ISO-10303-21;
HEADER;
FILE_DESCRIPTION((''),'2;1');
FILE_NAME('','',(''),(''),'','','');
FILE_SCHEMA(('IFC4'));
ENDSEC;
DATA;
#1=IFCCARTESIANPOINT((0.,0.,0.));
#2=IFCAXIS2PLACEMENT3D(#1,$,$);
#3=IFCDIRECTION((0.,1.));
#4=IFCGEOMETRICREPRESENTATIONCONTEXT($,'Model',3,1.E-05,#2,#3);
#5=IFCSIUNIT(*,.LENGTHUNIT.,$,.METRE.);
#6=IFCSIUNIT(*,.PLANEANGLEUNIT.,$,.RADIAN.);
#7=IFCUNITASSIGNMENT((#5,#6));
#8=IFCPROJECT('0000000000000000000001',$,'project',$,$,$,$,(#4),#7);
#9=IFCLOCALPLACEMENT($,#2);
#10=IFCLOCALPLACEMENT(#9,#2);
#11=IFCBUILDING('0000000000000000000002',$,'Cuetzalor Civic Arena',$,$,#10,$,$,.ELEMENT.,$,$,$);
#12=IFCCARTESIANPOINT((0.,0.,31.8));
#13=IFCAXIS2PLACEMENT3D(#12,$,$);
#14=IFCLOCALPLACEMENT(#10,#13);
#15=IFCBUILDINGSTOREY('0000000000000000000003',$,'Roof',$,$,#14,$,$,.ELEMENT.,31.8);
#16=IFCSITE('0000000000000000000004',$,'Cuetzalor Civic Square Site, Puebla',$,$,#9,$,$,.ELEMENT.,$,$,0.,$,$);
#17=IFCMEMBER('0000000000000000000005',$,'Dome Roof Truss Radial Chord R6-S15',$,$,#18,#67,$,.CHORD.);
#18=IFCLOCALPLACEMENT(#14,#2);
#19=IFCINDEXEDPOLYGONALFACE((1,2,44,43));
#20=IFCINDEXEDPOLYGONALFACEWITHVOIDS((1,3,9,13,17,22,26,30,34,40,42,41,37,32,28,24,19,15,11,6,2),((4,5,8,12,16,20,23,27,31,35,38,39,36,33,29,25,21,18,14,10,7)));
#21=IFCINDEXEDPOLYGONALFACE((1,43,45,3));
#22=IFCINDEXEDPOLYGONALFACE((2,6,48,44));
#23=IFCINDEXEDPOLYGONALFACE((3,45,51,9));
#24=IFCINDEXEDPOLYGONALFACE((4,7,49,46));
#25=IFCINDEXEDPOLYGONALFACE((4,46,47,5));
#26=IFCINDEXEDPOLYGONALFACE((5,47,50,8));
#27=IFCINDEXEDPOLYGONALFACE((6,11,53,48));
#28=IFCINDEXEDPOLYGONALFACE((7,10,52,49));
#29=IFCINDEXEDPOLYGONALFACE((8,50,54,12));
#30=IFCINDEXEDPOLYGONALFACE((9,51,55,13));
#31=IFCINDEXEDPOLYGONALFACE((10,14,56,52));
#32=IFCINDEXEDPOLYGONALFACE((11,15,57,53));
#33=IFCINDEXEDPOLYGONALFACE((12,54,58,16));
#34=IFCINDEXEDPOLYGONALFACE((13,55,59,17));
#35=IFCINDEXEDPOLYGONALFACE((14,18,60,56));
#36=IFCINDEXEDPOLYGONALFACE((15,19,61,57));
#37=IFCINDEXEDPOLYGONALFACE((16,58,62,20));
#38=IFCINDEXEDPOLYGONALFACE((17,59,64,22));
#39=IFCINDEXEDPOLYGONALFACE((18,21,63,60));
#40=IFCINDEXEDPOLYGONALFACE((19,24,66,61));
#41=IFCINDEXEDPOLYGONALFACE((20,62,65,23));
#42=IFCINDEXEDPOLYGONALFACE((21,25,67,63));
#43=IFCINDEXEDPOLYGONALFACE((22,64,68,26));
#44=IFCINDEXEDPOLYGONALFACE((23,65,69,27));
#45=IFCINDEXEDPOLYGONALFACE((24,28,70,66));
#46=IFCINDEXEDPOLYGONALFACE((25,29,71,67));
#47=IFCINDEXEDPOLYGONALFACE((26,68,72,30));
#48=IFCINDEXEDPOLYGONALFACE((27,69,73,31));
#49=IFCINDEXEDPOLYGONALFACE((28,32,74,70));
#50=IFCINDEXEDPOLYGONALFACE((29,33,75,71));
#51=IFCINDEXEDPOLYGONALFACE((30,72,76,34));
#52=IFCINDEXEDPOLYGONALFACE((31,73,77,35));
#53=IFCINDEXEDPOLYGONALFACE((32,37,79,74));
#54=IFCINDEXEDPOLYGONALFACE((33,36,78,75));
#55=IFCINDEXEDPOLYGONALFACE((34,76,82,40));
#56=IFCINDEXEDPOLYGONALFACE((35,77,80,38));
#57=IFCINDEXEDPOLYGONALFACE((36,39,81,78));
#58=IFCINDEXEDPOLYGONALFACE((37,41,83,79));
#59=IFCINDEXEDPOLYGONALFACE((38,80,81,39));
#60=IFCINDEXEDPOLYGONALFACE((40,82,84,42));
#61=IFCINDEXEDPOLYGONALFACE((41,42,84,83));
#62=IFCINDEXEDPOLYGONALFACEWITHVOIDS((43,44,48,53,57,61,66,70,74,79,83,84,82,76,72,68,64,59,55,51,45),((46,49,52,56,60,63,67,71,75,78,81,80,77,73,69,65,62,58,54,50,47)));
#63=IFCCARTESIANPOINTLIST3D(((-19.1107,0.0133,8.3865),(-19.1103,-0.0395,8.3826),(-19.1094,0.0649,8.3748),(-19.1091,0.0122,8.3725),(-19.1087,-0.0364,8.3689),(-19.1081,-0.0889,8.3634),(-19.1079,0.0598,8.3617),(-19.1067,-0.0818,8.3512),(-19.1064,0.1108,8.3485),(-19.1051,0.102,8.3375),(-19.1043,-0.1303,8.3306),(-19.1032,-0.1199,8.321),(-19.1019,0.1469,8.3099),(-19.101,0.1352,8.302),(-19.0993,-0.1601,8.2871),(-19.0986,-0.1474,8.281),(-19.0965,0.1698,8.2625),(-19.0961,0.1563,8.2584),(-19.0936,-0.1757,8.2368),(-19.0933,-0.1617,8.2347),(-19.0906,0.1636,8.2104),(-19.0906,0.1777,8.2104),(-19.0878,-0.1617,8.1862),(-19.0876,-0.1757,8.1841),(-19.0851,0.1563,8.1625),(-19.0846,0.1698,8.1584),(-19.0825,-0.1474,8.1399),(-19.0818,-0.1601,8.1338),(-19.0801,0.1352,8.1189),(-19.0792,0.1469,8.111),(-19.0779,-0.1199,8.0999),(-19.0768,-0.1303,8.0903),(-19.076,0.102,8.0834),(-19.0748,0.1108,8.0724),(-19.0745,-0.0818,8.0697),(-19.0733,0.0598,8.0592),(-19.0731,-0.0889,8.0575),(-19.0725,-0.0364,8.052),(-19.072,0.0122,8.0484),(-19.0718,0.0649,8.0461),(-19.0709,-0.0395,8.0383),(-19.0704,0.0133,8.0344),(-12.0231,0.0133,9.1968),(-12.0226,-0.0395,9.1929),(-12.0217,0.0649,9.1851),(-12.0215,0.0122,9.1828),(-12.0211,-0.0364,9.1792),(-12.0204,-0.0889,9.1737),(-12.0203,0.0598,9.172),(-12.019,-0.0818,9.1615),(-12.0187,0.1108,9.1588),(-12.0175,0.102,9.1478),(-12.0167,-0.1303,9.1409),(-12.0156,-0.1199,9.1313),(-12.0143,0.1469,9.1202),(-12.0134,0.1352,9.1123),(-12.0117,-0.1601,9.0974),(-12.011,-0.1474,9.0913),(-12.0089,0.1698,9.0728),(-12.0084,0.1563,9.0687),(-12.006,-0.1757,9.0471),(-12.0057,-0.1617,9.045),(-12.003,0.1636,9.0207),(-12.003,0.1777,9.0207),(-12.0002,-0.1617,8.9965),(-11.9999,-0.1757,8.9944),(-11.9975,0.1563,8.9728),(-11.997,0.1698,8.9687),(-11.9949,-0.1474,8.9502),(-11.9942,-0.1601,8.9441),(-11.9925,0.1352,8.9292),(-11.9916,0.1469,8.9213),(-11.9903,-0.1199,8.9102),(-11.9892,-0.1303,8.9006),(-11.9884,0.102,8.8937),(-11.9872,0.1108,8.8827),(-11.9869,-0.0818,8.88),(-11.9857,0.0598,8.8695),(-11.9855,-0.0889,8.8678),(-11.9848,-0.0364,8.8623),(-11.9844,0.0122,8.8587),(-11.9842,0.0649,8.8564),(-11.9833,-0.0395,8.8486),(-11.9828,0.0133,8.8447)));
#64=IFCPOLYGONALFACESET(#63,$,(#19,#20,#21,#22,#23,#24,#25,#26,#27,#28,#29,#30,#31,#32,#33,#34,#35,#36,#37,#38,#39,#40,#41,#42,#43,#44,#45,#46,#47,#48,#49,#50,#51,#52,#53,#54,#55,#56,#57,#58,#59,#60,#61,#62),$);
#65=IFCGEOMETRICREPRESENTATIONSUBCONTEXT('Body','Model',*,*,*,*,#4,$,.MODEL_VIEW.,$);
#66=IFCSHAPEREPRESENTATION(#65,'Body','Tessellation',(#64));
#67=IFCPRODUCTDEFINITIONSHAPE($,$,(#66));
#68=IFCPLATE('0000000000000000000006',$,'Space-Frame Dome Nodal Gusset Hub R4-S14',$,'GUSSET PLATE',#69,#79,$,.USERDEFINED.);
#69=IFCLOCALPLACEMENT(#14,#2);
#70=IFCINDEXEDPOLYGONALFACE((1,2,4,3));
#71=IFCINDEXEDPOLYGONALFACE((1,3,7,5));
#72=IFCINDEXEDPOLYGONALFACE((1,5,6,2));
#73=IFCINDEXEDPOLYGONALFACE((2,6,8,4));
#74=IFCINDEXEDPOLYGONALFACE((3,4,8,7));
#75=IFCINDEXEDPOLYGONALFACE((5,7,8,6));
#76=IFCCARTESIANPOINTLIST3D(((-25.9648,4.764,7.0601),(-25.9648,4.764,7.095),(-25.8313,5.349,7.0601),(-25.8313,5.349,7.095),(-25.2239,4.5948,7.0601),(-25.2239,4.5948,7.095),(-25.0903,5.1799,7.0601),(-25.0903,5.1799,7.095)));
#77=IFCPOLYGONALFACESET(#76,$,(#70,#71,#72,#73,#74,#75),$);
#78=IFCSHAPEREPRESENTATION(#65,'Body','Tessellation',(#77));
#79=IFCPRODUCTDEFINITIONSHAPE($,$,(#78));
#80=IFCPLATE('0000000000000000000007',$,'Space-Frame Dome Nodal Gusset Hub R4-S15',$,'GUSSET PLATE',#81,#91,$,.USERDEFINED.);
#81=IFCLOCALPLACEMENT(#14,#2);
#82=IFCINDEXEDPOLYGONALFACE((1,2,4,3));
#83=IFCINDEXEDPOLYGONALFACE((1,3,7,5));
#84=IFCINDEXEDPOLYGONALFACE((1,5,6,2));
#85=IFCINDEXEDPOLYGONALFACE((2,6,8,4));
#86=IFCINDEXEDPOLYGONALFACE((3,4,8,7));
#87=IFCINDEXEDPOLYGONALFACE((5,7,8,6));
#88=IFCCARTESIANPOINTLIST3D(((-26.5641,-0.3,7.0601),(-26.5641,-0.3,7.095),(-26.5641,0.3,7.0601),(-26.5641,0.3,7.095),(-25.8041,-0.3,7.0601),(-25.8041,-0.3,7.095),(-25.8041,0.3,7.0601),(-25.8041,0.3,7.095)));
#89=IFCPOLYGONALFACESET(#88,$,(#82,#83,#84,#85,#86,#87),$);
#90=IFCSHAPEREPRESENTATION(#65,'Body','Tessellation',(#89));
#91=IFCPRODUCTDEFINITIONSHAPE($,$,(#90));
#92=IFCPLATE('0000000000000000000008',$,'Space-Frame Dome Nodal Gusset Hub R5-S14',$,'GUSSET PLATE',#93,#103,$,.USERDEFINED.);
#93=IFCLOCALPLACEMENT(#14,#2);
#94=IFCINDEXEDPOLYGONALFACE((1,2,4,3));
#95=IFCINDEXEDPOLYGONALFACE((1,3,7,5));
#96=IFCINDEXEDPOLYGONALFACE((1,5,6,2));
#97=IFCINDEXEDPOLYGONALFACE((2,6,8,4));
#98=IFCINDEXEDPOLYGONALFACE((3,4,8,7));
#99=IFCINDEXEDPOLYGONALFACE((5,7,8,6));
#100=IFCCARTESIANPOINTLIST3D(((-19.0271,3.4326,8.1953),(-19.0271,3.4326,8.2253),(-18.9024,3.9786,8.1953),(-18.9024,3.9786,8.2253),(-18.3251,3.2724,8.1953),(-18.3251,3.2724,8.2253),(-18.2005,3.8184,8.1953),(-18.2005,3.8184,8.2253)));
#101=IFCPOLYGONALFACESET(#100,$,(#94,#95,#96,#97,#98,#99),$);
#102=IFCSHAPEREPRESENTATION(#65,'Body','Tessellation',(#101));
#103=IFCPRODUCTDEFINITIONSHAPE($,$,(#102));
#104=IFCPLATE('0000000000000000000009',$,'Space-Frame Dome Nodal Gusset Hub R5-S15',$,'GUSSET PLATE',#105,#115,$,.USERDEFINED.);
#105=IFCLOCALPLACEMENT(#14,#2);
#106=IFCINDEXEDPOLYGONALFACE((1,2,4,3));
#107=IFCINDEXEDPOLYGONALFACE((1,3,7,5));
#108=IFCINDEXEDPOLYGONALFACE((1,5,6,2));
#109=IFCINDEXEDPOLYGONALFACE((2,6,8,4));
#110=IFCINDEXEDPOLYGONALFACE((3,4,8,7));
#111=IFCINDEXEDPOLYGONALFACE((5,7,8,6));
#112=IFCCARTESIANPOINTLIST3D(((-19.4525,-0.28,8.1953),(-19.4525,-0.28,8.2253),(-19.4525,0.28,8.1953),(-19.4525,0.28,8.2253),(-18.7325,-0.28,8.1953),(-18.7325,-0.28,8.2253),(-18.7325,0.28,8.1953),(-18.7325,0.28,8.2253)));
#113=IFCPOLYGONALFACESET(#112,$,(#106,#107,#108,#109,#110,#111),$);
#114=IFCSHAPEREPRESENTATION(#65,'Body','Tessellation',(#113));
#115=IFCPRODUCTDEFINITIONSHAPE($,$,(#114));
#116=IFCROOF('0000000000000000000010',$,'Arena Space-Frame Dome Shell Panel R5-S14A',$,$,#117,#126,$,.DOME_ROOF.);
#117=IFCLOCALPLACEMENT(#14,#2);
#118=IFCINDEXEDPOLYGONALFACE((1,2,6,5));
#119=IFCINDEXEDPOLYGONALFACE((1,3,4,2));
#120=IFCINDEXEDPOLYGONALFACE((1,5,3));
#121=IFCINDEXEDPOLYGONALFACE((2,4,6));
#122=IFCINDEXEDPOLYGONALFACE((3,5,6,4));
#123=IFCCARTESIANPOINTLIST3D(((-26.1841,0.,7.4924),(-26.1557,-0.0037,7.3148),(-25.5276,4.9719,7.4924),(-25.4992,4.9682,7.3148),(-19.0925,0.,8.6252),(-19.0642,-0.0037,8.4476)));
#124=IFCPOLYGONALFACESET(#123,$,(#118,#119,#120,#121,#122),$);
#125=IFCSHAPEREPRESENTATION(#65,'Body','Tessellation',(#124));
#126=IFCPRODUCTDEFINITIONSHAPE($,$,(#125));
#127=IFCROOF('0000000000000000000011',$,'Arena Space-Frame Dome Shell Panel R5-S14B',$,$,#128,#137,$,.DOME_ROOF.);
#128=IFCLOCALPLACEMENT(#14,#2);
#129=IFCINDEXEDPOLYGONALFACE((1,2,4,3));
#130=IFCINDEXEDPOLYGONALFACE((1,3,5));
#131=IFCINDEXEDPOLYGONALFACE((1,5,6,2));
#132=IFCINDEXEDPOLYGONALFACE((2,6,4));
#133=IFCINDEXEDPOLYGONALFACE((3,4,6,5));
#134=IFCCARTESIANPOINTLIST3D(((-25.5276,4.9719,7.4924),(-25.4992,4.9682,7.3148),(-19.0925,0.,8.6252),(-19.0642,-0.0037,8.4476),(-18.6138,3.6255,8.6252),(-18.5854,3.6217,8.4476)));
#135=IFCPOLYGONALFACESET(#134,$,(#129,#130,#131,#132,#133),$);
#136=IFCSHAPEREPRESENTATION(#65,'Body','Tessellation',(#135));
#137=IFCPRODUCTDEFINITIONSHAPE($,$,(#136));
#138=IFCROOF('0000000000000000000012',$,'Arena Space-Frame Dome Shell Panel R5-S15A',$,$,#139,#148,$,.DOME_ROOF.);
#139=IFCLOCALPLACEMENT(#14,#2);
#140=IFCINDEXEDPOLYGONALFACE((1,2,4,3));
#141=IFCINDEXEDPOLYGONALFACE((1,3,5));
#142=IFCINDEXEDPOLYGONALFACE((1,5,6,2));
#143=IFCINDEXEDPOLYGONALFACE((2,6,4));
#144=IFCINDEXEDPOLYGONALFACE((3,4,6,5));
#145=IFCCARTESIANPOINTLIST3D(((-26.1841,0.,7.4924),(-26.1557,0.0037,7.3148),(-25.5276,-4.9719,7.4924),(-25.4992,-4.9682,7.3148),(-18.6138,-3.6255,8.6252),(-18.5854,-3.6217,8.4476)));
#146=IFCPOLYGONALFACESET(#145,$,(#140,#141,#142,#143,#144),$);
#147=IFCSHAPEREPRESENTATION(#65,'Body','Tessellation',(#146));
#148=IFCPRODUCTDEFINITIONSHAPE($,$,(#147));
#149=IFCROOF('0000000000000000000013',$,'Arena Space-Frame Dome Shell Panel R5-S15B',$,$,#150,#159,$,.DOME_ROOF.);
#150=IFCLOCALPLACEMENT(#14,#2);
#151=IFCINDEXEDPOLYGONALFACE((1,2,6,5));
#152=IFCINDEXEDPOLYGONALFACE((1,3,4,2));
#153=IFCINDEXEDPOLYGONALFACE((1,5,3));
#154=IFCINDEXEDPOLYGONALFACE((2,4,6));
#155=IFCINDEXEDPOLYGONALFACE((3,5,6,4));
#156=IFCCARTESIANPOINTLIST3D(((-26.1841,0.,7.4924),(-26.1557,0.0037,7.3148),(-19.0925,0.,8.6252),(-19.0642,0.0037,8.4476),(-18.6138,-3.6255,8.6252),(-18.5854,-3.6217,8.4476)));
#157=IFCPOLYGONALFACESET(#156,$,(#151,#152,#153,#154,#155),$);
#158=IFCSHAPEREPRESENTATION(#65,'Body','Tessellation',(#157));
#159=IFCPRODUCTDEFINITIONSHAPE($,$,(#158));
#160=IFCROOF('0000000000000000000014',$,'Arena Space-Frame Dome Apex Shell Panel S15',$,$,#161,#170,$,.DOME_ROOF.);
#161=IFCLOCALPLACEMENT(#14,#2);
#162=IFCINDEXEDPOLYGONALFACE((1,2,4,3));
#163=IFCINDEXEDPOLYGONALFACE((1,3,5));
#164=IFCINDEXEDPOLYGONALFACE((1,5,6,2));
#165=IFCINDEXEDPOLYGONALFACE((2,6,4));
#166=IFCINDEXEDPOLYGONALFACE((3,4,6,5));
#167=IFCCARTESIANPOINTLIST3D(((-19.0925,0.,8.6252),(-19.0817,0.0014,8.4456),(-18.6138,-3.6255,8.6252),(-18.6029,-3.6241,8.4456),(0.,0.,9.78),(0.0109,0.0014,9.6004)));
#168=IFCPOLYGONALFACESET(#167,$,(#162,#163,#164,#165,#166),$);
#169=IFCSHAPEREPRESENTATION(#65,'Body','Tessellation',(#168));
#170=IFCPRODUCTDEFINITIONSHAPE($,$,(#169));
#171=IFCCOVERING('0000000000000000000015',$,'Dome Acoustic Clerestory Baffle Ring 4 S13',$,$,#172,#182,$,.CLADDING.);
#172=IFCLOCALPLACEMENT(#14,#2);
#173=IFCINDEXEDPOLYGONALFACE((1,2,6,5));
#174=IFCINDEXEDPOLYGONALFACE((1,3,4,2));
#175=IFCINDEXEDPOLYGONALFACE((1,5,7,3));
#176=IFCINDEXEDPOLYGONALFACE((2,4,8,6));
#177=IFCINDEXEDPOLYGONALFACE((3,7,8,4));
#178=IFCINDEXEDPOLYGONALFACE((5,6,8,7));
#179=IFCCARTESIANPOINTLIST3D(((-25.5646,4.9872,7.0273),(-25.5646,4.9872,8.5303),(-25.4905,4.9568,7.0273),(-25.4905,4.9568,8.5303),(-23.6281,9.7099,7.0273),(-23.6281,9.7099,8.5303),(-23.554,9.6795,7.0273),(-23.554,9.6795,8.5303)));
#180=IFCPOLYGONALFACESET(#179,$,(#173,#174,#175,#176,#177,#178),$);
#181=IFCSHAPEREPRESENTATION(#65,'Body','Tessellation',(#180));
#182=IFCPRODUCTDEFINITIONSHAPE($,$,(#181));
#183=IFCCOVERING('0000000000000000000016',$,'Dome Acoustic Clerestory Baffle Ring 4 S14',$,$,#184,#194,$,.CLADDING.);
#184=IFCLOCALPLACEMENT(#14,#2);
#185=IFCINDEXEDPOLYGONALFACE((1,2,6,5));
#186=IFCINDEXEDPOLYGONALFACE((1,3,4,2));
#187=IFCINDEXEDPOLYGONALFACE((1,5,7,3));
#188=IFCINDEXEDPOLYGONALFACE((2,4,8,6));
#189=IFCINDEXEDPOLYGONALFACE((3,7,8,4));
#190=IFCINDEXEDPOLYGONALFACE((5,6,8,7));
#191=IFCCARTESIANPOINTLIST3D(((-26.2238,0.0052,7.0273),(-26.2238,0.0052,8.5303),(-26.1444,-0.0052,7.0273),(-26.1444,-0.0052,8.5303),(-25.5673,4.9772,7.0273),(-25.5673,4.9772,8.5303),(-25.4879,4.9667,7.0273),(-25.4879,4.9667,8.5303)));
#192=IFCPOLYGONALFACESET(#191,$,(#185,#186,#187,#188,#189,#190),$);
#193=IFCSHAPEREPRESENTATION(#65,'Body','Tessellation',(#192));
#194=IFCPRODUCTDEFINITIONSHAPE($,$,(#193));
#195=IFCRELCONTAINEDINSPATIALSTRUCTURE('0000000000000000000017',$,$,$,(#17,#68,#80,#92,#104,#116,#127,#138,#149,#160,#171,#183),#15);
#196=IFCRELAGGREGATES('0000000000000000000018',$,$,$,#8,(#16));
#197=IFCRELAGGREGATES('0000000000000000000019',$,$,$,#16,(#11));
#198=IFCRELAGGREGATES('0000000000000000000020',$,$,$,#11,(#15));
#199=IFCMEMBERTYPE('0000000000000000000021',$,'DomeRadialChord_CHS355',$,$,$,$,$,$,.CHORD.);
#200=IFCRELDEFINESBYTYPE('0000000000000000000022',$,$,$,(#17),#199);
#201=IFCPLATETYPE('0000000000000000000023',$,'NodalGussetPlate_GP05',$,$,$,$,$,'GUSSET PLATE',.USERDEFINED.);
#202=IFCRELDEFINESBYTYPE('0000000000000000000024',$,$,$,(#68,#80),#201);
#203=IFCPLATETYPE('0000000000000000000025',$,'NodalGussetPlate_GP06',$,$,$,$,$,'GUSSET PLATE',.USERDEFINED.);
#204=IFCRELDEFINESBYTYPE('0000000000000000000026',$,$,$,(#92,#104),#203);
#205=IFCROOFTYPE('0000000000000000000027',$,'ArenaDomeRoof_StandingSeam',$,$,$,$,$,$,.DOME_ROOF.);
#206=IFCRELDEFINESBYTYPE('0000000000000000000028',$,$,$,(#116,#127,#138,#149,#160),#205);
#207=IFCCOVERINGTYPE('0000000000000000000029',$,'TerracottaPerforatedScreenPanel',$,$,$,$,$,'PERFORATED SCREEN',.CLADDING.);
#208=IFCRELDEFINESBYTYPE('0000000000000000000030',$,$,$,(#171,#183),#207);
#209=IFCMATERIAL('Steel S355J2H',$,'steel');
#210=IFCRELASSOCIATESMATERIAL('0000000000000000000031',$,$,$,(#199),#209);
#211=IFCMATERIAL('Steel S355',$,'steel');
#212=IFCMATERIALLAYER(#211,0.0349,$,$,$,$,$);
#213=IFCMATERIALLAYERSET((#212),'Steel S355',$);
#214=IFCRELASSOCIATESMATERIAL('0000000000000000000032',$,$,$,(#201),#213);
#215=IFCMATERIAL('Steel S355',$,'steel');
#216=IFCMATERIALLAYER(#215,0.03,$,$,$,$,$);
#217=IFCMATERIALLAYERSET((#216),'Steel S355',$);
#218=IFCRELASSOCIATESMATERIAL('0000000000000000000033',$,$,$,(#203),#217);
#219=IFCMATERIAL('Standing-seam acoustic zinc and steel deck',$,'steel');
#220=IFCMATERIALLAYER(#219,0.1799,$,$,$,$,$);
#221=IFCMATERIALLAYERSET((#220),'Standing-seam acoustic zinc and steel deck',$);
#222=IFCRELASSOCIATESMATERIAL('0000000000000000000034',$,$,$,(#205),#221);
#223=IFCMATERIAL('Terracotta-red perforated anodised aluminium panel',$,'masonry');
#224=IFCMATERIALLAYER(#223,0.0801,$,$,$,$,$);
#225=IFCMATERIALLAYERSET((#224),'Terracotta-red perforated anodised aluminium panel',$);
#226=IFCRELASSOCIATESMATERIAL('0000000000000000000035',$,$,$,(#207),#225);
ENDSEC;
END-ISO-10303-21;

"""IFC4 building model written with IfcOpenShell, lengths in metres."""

from ifc_helpers import new_model, si_unit, direction, frame, frame_2d, origin, origin_2d, place, context, subcontext, project, spatial, polyline, rectangle, hollow_circle, outline, extrude, material, layer, layer_set, material_profile, profile_set, type_object, element, save


model = new_model("IFC4")

# Units and contexts
model_context = context("Model", 3, precision=1e-05, world=origin(), true_north=direction((0.0, 1.0)))
body_context = subcontext(model_context, "Body", "Model", "MODEL_VIEW")
ifc_project = project(units=[si_unit("LENGTHUNIT", "METRE"), si_unit("PLANEANGLEUNIT", "RADIAN")], contexts=[model_context])

# Site, building, storey
site_placement = place(None, origin())
site = spatial("IfcSite", under=ifc_project, at=site_placement, Name="Cuetzalor Civic Square Site, Puebla", CompositionType="ELEMENT", RefElevation=0.0)
building_placement = place(site_placement, origin())
building = spatial("IfcBuilding", under=site, at=building_placement, Name="Cuetzalor Civic Arena", CompositionType="ELEMENT")
storey_placement = place(building_placement, frame((0.0, 0.0, 31.8)))
storey = spatial("IfcBuildingStorey", under=building, at=storey_placement, Name="Roof", CompositionType="ELEMENT", Elevation=31.8)

# Member
ifc_material_1 = material(Name="Steel S355J2H", Category="steel")
ifc_material_profile_1 = material_profile(ifc_material_1, hollow_circle(Radius=0.1777, WallThickness=0.0142, at=origin_2d()), Name="CHS 355.6x14.2")
ifc_profile_set_1 = profile_set([ifc_material_profile_1], Name="Steel S355J2H")
member_type_1 = type_object("IfcMemberType", Name="DomeRadialChord_CHS355", PredefinedType="CHORD", material=ifc_profile_set_1)
member_1_placement = place(storey_placement, frame((-19.0906, 0.0, 8.2104), z_axis=(0.993528, 0.0, 0.113586), x_axis=(0.0, 1.0, 0.0)))
element("IfcMember", 1, at=member_1_placement, inside=storey, type_object=member_type_1, Name="Dome Roof Truss Radial Chord R6-S15", PredefinedType="CHORD", context=body_context, shape_type="SweptSolid", body=[
    extrude(hollow_circle(Radius=0.1777, WallThickness=0.0142, at=origin_2d()), origin(), (0.0, 0.0, 1.0), 7.1338),
])

# Plates
ifc_material_2 = material(Name="Steel S355", Category="steel")
ifc_layer_1 = layer(ifc_material_2, 0.0349)
ifc_layer_set_1 = layer_set([ifc_layer_1], Name="Steel S355")
plate_type_1 = type_object("IfcPlateType", Name="NodalGussetPlate_GP05", ElementType="GUSSET PLATE", PredefinedType="USERDEFINED", material=ifc_layer_set_1)
for number, where, z_axis, x_axis, name in (
    (2, (-25.5276, 4.9719, 7.0601), (0.0, 0.0, 1.0), (-0.974917, 0.22257, 0.0), "Space-Frame Dome Nodal Gusset Hub R4-S14"),
    (3, (-26.1841, 0.0, 7.0601), (0.0, 0.0, 1.0), (-1.0, 0.0, 0.0), "Space-Frame Dome Nodal Gusset Hub R4-S15"),
):
    element("IfcPlate", number, at=place(storey_placement, frame(where, z_axis=z_axis, x_axis=x_axis)), inside=storey, type_object=plate_type_1, Name=name, ObjectType="GUSSET PLATE", PredefinedType="USERDEFINED", context=body_context, shape_type="SweptSolid", body=[
        extrude(rectangle(XDim=0.76, YDim=0.6001, at=origin_2d()), origin(), (0.0, 0.0, 1.0), 0.0349),
    ])
ifc_material_3 = material(Name="Steel S355", Category="steel")
ifc_layer_2 = layer(ifc_material_3, 0.03)
ifc_layer_set_2 = layer_set([ifc_layer_2], Name="Steel S355")
plate_type_2 = type_object("IfcPlateType", Name="NodalGussetPlate_GP06", ElementType="GUSSET PLATE", PredefinedType="USERDEFINED", material=ifc_layer_set_2)
for number, where, z_axis, x_axis, name in (
    (4, (-18.6138, 3.6255, 8.1953), (0.0, 0.0, 1.0), (-0.974917, 0.22257, 0.0), "Space-Frame Dome Nodal Gusset Hub R5-S14"),
    (5, (-19.0925, 0.0, 8.1953), (0.0, 0.0, 1.0), (-1.0, 0.0, 0.0), "Space-Frame Dome Nodal Gusset Hub R5-S15"),
):
    element("IfcPlate", number, at=place(storey_placement, frame(where, z_axis=z_axis, x_axis=x_axis)), inside=storey, type_object=plate_type_2, Name=name, ObjectType="GUSSET PLATE", PredefinedType="USERDEFINED", context=body_context, shape_type="SweptSolid", body=[
        extrude(rectangle(XDim=0.72, YDim=0.5601, at=origin_2d()), origin(), (0.0, 0.0, 1.0), 0.03),
    ])

# Roofs
ifc_material_4 = material(Name="Standing-seam acoustic zinc and steel deck", Category="steel")
ifc_layer_3 = layer(ifc_material_4, 0.1799)
ifc_layer_set_3 = layer_set([ifc_layer_3], Name="Standing-seam acoustic zinc and steel deck")
roof_type = type_object("IfcRoofType", Name="ArenaDomeRoof_StandingSeam", PredefinedType="DOME_ROOF", material=ifc_layer_set_3)
roof_1_placement = place(storey_placement, frame((-25.5276, 4.9719, 7.4924), z_axis=(-0.157707, 0.020824, 0.987266), x_axis=(-0.130904, -0.991395, 0.0)))
element("IfcRoof", 6, at=roof_1_placement, inside=storey, type_object=roof_type, Name="Arena Space-Frame Dome Shell Panel R5-S14A", PredefinedType="DOME_ROOF", context=body_context, shape_type="SweptSolid", body=[
    extrude(outline(polyline([(0.0, 0.0), (5.0151, 0.0), (4.0868, 7.1212), (0.0, 0.0)])), origin(), (0.0, 0.0, -1.0), 0.1799),
])
roof_2_placement = place(storey_placement, frame((-25.5276, 4.9719, 7.4924), z_axis=(-0.157706, 0.020826, 0.987267), x_axis=(0.783754, -0.605552, 0.13797)))
element("IfcRoof", 7, at=roof_2_placement, inside=storey, type_object=roof_type, Name="Arena Space-Frame Dome Shell Panel R5-S14B", PredefinedType="DOME_ROOF", context=body_context, shape_type="SweptSolid", body=[
    extrude(outline(polyline([(0.0, 0.0), (8.2106, 0.0), (6.3904, 3.1718), (0.0, 0.0)])), origin(), (0.0, 0.0, -1.0), 0.1799),
])
roof_3_placement = place(storey_placement, frame((-26.1841, 0.0, 7.4924), z_axis=(-0.157706, -0.020824, 0.987267), x_axis=(0.130904, -0.991395, 0.0)))
element("IfcRoof", 8, at=roof_3_placement, inside=storey, type_object=roof_type, Name="Arena Space-Frame Dome Shell Panel R5-S15A", PredefinedType="DOME_ROOF", context=body_context, shape_type="SweptSolid", body=[
    extrude(outline(polyline([(0.0, 0.0), (5.0151, 0.0), (4.5853, 7.1213), (0.0, 0.0)])), origin(), (0.0, 0.0, -1.0), 0.1799),
])
roof_4_placement = place(storey_placement, frame((-26.1841, 0.0, 7.4924), z_axis=(-0.157707, -0.020826, 0.987266), x_axis=(0.893803, -0.42805, 0.133748)))
element("IfcRoof", 9, at=roof_4_placement, inside=storey, type_object=roof_type, Name="Arena Space-Frame Dome Shell Panel R5-S15B", PredefinedType="DOME_ROOF", context=body_context, shape_type="SweptSolid", body=[
    extrude(outline(polyline([(0.0, 0.0), (8.4698, 0.0), (6.49, 3.0747), (0.0, 0.0)])), origin(), (0.0, 0.0, -1.0), 0.1799),
])
roof_5_placement = place(storey_placement, frame((-19.0925, 0.0, 8.6252), z_axis=(-0.060371, -0.007972, 0.998144), x_axis=(0.130917, -0.991393, 0.0)))
element("IfcRoof", 10, at=roof_5_placement, inside=storey, type_object=roof_type, Name="Arena Space-Frame Dome Apex Shell Panel S15", PredefinedType="DOME_ROOF", context=body_context, shape_type="SweptSolid", body=[
    extrude(outline(polyline([(0.0, 0.0), (3.657, 0.0), (2.4995, 18.9634), (0.0, 0.0)])), origin(), (0.0, 0.0, -1.0), 0.1799),
])

# Coverings
ifc_material_5 = material(Name="Terracotta-red perforated anodised aluminium panel", Category="masonry")
ifc_layer_4 = layer(ifc_material_5, 0.0801)
ifc_layer_set_4 = layer_set([ifc_layer_4], Name="Terracotta-red perforated anodised aluminium panel")
covering_type = type_object("IfcCoveringType", Name="TerracottaPerforatedScreenPanel", ElementType="PERFORATED SCREEN", PredefinedType="CLADDING", material=ifc_layer_set_4)
covering_1_placement = place(storey_placement, frame((-25.5276, 4.9719, 7.0273), z_axis=(0.0, 0.0, 1.0), x_axis=(0.379393, 0.925236, 0.0)))
element("IfcCovering", 11, at=covering_1_placement, inside=storey, type_object=covering_type, Name="Dome Acoustic Clerestory Baffle Ring 4 S13", PredefinedType="CLADDING", context=body_context, shape_type="SweptSolid", body=[
    extrude(rectangle(XDim=5.1042, YDim=0.0801, at=frame_2d((2.5522, 0.0))), origin(), (0.0, 0.0, 1.0), 1.5029),
])
covering_2_placement = place(storey_placement, frame((-26.1841, 0.0, 7.0273), z_axis=(0.0, 0.0, 1.0), x_axis=(0.130904, 0.991395, 0.0)))
element("IfcCovering", 12, at=covering_2_placement, inside=storey, type_object=covering_type, Name="Dome Acoustic Clerestory Baffle Ring 4 S14", PredefinedType="CLADDING", context=body_context, shape_type="SweptSolid", body=[
    extrude(rectangle(XDim=5.0151, YDim=0.0801, at=frame_2d((2.5076, 0.0))), origin(), (0.0, 0.0, 1.0), 1.5029),
])

save(model, "model.ifc")
